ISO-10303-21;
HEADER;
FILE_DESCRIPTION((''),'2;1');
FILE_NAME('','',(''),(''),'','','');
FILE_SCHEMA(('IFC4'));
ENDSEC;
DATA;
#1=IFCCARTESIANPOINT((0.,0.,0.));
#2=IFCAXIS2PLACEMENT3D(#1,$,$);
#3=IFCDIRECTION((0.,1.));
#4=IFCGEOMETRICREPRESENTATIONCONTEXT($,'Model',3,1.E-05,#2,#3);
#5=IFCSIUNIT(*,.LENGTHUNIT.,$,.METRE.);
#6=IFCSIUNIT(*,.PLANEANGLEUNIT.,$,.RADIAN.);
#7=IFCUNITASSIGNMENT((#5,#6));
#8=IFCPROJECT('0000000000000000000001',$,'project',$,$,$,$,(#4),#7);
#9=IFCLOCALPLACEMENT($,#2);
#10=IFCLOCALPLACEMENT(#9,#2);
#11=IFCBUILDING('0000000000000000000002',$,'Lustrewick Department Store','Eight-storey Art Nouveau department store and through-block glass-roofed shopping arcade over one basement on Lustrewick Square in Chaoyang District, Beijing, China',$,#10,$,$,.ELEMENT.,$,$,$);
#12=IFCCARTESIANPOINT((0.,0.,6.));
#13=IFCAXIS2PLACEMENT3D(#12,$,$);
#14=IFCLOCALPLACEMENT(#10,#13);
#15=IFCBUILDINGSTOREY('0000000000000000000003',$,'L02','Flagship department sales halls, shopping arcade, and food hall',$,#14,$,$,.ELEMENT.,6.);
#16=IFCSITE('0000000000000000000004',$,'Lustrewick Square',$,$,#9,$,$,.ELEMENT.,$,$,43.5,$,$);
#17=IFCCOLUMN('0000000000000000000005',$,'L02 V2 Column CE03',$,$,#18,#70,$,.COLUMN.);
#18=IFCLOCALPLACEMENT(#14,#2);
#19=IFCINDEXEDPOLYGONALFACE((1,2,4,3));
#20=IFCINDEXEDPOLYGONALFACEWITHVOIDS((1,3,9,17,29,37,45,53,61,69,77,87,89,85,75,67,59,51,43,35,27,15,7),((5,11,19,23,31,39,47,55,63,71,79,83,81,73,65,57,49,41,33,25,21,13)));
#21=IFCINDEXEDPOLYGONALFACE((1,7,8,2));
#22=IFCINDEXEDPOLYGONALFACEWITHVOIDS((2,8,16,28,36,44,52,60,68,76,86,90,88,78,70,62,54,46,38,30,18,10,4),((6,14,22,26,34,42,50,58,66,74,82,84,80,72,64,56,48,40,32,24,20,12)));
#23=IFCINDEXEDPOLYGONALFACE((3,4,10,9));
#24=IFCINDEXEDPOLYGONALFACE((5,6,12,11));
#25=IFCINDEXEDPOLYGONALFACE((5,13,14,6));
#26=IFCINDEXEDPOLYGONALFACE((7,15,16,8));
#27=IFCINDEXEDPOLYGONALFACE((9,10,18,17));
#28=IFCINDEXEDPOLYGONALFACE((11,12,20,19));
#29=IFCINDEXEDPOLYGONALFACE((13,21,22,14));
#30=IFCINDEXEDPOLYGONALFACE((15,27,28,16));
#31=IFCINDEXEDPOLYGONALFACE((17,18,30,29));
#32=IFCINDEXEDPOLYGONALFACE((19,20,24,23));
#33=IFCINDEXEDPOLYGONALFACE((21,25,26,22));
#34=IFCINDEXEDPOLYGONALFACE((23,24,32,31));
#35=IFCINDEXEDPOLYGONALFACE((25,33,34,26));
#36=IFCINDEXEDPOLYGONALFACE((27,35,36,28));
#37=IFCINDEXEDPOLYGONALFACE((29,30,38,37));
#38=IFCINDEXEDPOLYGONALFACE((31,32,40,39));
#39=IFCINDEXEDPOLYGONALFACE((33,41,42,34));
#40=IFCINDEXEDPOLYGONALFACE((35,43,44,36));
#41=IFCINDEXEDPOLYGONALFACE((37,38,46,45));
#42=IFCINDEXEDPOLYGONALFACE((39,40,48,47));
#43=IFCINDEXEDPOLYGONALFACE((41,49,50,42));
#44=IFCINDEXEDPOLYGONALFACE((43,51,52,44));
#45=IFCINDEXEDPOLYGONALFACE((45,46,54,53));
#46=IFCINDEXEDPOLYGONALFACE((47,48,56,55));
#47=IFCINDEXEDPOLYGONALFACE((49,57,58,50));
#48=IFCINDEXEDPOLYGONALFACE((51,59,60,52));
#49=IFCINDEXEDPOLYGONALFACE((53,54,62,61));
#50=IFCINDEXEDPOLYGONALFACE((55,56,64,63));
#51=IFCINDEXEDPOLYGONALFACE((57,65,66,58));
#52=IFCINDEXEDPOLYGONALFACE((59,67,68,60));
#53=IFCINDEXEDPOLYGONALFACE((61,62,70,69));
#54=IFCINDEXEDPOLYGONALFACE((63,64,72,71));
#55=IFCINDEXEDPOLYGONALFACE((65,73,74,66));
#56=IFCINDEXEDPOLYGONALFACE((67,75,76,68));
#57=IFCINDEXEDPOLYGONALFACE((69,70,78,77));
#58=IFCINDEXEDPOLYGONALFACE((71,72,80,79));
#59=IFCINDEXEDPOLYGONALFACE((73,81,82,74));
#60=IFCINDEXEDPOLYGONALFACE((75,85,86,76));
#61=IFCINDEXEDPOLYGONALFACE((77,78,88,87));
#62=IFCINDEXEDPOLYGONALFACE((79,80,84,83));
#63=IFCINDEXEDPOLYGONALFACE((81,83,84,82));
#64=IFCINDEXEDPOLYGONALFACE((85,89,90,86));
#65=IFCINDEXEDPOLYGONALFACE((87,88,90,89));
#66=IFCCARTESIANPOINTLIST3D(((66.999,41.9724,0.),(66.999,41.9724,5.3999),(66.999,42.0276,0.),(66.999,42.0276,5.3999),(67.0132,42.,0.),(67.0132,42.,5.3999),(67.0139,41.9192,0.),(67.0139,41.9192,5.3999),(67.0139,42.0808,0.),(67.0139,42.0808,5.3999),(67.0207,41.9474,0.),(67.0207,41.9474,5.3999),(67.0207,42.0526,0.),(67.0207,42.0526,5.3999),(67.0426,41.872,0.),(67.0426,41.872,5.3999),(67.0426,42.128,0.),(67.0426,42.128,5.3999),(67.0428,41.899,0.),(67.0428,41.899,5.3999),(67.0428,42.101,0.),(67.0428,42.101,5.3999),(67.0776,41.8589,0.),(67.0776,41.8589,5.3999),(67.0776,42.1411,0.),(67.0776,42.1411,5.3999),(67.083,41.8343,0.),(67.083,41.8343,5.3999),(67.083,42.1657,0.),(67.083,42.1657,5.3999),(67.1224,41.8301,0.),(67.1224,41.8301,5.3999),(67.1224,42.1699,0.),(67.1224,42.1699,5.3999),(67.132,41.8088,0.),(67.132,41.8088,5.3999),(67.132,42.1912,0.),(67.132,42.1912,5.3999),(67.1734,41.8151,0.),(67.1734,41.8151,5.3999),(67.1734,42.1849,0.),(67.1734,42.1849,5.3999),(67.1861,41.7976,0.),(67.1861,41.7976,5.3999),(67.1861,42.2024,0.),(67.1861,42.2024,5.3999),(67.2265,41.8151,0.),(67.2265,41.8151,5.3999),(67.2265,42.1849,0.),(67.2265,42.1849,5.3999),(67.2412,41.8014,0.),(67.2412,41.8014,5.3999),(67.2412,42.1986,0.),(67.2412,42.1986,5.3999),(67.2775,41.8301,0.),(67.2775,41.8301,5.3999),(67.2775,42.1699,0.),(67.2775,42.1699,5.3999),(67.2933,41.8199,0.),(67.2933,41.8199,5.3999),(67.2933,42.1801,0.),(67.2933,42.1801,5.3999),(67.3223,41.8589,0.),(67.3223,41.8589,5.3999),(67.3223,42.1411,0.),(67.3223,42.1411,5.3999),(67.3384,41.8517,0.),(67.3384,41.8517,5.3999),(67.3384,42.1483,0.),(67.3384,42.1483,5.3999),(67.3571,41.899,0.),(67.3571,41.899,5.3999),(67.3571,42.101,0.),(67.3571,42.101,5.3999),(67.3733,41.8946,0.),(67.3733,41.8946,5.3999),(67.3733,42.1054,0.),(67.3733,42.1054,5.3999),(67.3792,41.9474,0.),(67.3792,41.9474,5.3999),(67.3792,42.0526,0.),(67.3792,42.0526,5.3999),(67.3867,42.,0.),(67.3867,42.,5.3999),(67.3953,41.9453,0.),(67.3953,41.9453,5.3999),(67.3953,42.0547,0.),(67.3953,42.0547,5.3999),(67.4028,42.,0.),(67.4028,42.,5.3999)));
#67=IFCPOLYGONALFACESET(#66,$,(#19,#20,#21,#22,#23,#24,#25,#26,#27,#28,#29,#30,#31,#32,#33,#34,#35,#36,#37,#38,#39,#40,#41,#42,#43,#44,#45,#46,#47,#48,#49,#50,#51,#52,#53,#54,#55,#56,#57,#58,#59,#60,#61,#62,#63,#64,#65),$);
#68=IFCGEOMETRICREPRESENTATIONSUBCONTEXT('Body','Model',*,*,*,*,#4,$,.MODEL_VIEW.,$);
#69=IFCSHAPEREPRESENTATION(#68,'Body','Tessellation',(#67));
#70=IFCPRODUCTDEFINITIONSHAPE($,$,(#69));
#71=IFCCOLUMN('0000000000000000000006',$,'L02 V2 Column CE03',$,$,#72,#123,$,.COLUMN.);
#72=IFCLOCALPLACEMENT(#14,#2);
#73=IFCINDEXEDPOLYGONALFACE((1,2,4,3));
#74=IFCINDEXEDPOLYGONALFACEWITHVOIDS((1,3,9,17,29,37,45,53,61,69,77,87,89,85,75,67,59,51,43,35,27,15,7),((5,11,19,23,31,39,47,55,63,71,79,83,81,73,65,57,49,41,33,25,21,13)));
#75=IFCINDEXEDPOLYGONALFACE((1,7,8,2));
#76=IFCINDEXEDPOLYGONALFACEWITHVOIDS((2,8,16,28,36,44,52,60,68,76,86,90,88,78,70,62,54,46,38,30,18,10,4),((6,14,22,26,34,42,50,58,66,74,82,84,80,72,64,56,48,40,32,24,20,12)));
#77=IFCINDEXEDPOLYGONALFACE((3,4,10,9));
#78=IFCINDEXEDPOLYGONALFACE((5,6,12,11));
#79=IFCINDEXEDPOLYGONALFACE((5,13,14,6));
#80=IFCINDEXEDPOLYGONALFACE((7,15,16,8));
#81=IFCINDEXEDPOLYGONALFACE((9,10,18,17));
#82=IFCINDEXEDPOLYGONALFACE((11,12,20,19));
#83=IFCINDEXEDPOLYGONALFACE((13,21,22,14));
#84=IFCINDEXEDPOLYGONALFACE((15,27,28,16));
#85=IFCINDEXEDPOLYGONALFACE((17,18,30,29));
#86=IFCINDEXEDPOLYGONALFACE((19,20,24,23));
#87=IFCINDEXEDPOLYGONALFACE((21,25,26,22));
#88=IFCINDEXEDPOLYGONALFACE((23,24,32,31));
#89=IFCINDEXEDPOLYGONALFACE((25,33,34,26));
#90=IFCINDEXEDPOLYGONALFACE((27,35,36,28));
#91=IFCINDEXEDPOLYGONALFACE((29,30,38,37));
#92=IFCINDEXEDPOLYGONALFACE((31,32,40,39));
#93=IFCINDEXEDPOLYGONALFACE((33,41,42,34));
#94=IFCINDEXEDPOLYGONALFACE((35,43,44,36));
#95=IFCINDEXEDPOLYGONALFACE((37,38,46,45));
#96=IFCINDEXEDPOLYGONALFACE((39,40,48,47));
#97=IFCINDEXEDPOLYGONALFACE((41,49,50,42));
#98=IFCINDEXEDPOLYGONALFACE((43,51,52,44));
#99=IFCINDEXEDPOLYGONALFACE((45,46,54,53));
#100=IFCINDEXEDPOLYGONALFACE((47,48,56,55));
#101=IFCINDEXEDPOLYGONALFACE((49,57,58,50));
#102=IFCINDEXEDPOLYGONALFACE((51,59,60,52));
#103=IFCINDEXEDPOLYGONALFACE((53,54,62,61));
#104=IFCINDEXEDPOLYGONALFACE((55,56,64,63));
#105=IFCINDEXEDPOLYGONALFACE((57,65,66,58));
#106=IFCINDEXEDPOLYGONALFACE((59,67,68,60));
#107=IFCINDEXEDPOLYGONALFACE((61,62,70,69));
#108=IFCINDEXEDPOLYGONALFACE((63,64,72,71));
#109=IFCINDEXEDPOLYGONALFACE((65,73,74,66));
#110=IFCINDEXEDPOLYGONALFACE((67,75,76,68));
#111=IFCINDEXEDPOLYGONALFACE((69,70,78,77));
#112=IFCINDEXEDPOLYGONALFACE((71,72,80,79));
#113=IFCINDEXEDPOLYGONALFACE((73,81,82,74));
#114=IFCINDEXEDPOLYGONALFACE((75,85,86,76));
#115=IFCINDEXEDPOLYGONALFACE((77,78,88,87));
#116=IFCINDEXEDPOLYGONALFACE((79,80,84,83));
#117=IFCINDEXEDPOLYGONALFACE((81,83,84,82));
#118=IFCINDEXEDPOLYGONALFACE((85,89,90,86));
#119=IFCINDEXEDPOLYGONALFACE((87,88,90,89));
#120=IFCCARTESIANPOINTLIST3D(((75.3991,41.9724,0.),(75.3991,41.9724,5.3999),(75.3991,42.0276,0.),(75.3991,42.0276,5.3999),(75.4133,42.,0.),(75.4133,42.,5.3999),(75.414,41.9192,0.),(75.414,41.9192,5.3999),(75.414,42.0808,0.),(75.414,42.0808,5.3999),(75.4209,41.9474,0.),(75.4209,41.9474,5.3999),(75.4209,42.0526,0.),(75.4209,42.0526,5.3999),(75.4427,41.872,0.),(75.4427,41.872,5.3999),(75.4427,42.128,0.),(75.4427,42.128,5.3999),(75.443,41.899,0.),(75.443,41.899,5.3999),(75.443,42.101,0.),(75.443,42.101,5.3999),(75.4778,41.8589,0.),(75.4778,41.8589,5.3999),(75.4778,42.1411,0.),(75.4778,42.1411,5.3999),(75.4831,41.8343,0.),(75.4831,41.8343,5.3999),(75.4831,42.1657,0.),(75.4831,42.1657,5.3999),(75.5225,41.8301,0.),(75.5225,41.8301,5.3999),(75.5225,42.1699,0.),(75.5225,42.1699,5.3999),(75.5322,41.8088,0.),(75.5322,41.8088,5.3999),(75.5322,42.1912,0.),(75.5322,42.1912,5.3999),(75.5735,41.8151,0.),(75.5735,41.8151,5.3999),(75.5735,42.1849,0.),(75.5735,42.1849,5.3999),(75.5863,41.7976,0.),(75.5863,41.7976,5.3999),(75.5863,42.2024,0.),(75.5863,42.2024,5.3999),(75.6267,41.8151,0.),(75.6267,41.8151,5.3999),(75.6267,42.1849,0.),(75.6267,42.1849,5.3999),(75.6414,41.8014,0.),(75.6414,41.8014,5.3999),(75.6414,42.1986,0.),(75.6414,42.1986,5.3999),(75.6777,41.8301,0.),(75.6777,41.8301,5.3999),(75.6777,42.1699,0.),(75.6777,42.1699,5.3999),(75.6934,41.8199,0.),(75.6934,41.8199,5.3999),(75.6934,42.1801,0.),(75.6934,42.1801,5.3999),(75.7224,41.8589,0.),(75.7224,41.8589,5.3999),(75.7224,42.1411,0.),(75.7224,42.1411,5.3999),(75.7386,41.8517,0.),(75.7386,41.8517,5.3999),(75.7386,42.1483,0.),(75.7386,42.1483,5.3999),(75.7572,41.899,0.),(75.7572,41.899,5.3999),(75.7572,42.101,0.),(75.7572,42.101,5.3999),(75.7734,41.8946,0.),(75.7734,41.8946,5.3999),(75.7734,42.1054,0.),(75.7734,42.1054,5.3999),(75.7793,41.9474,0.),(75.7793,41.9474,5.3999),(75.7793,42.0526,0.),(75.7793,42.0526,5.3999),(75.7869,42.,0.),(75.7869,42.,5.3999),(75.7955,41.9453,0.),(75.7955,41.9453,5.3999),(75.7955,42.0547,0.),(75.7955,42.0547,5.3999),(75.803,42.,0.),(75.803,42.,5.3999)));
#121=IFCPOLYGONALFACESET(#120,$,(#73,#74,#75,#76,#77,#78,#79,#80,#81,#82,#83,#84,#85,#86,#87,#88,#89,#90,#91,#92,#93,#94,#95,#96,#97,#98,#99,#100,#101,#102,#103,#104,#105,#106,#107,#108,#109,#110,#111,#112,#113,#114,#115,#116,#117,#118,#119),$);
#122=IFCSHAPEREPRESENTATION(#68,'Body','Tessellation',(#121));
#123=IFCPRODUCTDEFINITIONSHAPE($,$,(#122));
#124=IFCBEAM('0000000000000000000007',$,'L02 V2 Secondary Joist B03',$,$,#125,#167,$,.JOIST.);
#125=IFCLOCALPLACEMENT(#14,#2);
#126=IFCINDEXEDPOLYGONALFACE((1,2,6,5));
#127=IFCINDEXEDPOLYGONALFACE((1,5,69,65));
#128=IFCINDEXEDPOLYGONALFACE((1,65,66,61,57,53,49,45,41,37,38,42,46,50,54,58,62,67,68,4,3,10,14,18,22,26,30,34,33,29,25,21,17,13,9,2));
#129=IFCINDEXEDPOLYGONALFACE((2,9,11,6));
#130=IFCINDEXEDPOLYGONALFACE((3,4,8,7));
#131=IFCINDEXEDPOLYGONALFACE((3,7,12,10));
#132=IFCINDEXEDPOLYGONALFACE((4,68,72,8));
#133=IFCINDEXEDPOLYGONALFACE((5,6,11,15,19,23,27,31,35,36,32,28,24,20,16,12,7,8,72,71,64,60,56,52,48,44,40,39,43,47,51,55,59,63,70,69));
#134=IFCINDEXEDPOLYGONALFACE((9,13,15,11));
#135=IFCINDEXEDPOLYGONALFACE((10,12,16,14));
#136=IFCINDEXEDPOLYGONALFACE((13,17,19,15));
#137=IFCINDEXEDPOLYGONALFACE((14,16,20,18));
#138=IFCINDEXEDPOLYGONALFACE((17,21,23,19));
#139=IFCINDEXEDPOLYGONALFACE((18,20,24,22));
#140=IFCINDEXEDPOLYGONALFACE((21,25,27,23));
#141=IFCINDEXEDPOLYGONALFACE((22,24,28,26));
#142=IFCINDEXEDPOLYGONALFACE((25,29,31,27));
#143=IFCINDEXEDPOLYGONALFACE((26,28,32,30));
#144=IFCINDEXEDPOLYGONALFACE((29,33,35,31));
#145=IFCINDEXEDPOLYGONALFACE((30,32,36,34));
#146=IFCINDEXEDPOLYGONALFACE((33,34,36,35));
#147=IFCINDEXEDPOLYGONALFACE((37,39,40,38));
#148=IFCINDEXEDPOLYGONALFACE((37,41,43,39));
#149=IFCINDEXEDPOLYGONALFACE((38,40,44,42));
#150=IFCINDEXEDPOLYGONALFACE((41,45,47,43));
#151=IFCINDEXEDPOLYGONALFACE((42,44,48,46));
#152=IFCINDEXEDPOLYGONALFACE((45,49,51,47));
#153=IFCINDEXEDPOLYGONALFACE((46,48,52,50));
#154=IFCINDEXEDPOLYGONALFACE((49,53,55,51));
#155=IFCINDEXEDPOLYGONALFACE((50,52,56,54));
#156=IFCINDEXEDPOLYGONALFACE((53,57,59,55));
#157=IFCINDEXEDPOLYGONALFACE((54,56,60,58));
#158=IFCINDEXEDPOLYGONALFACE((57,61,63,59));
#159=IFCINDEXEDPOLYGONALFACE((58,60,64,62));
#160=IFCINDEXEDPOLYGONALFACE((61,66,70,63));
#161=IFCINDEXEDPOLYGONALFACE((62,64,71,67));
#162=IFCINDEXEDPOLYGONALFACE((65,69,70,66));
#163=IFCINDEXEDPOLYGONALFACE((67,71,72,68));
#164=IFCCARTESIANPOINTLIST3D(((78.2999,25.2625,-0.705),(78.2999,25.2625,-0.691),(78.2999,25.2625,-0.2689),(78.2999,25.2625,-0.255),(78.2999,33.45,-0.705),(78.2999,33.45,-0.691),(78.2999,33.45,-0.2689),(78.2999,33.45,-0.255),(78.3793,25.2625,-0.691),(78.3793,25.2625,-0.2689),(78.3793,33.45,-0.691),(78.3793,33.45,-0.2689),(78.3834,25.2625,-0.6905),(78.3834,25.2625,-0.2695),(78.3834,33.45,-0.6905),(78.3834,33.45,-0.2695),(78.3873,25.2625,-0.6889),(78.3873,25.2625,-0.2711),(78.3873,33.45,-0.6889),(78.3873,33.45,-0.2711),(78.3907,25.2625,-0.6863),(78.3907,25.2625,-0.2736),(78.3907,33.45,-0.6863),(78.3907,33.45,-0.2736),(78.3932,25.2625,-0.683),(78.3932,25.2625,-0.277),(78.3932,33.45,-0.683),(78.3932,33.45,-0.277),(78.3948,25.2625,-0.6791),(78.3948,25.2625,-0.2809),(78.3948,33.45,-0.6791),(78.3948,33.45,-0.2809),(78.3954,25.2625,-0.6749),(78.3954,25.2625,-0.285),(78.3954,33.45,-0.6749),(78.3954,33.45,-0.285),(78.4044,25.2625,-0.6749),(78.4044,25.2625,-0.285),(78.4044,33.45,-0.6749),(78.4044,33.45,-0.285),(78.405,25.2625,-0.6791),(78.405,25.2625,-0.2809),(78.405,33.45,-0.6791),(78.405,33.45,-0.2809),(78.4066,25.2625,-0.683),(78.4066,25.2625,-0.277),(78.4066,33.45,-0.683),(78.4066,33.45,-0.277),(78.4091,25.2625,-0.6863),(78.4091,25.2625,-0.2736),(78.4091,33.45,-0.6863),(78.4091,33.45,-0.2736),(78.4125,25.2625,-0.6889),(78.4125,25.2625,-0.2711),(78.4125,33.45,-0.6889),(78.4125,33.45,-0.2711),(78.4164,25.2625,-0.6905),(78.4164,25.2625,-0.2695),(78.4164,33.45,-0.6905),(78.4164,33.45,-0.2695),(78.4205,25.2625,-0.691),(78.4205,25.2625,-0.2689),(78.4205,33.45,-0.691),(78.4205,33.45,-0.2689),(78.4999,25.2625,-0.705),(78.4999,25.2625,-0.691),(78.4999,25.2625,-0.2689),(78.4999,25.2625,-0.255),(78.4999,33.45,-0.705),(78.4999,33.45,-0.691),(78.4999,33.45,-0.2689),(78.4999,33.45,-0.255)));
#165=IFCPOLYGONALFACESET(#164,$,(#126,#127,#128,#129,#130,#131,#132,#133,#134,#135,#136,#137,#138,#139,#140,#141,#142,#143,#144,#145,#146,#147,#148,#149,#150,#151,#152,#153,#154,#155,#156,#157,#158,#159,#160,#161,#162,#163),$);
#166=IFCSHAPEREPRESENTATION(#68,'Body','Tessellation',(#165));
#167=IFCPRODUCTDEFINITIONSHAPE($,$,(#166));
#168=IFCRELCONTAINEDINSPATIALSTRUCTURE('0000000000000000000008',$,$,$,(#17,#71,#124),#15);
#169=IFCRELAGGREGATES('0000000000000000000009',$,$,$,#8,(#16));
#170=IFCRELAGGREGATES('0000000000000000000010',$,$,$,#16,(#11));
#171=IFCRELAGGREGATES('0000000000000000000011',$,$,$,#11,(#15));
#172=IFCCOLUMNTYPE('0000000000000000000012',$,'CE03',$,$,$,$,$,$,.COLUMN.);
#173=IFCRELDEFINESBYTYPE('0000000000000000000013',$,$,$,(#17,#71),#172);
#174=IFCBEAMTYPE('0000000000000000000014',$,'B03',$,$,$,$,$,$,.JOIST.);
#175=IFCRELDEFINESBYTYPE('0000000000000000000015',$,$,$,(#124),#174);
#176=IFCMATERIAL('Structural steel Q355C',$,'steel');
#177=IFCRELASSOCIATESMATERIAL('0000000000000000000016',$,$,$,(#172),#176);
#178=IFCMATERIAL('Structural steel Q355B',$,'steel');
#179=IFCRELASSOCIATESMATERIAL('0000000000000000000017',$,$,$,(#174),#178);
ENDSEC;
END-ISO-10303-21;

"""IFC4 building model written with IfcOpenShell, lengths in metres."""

from ifc_helpers import new_model, si_unit, direction, frame, origin, origin_2d, place, context, subcontext, project, spatial, hollow_circle, i_section, extrude, material, material_profile, profile_set, type_object, element, save


model = new_model("IFC4")

# Units and contexts
model_context = context("Model", 3, precision=1e-05, world=origin(), true_north=direction((0.0, 1.0)))
body_context = subcontext(model_context, "Body", "Model", "MODEL_VIEW")
ifc_project = project(units=[si_unit("LENGTHUNIT", "METRE"), si_unit("PLANEANGLEUNIT", "RADIAN")], contexts=[model_context])

# Site, building, storey
site_placement = place(None, origin())
site = spatial("IfcSite", under=ifc_project, at=site_placement, Name="Lustrewick Square", CompositionType="ELEMENT", RefElevation=43.5)
building_placement = place(site_placement, origin())
building = spatial("IfcBuilding", under=site, at=building_placement, Name="Lustrewick Department Store", Description="Eight-storey Art Nouveau department store and through-block glass-roofed shopping arcade over one basement on Lustrewick Square in Chaoyang District, Beijing, China", CompositionType="ELEMENT")
storey_placement = place(building_placement, frame((0.0, 0.0, 6.0)))
storey = spatial("IfcBuildingStorey", under=building, at=storey_placement, Name="L02", Description="Flagship department sales halls, shopping arcade, and food hall", CompositionType="ELEMENT", Elevation=6.0)

# Columns
ifc_material_1 = material(Name="Structural steel Q355C", Category="steel")
ifc_material_profile_1 = material_profile(ifc_material_1, hollow_circle(Radius=0.2029, WallThickness=0.0161, at=origin_2d()), Name="CHS 406x16")
ifc_profile_set_1 = profile_set([ifc_material_profile_1], Name="Structural steel Q355C")
column_type = type_object("IfcColumnType", Name="CE03", PredefinedType="COLUMN", material=ifc_profile_set_1)
for number, where, z_axis, x_axis, name in (
    (1, (67.2, 42.0, 0.0), (0.0, 0.0, 1.0), (1.0, 0.0, 0.0), "L02 V2 Column CE03"),
    (2, (75.6001, 42.0, 0.0), (0.0, 0.0, 1.0), (1.0, 0.0, 0.0), "L02 V2 Column CE03"),
):
    element("IfcColumn", number, at=place(storey_placement, frame(where, z_axis=z_axis, x_axis=x_axis)), inside=storey, type_object=column_type, Name=name, PredefinedType="COLUMN", context=body_context, shape_type="SweptSolid", body=[
        extrude(hollow_circle(Radius=0.2029, WallThickness=0.0161, at=origin_2d()), origin(), (0.0, 0.0, 1.0), 5.3999),
    ])

# Beam
ifc_material_2 = material(Name="Structural steel Q355B", Category="steel")
ifc_material_profile_2 = material_profile(ifc_material_2, i_section(OverallWidth=0.2, OverallDepth=0.45, WebThickness=0.009, FlangeThickness=0.0139, FilletRadius=0.0161, at=origin_2d()), Name="HN 450x200x9x14")
ifc_profile_set_2 = profile_set([ifc_material_profile_2], Name="Structural steel Q355B")
beam_type_1 = type_object("IfcBeamType", Name="B03", PredefinedType="JOIST", material=ifc_profile_set_2)
beam_1_placement = place(storey_placement, frame((78.3999, 25.2625, -0.48), z_axis=(0.0, 1.0, 0.0), x_axis=(-1.0, 0.0, 0.0)))
element("IfcBeam", 3, at=beam_1_placement, inside=storey, type_object=beam_type_1, Name="L02 V2 Secondary Joist B03", PredefinedType="JOIST", context=body_context, shape_type="SweptSolid", body=[
    extrude(i_section(OverallWidth=0.2, OverallDepth=0.45, WebThickness=0.009, FlangeThickness=0.0139, FilletRadius=0.0161, at=origin_2d()), origin(), (0.0, 0.0, 1.0), 8.1875),
])

save(model, "model.ifc")
